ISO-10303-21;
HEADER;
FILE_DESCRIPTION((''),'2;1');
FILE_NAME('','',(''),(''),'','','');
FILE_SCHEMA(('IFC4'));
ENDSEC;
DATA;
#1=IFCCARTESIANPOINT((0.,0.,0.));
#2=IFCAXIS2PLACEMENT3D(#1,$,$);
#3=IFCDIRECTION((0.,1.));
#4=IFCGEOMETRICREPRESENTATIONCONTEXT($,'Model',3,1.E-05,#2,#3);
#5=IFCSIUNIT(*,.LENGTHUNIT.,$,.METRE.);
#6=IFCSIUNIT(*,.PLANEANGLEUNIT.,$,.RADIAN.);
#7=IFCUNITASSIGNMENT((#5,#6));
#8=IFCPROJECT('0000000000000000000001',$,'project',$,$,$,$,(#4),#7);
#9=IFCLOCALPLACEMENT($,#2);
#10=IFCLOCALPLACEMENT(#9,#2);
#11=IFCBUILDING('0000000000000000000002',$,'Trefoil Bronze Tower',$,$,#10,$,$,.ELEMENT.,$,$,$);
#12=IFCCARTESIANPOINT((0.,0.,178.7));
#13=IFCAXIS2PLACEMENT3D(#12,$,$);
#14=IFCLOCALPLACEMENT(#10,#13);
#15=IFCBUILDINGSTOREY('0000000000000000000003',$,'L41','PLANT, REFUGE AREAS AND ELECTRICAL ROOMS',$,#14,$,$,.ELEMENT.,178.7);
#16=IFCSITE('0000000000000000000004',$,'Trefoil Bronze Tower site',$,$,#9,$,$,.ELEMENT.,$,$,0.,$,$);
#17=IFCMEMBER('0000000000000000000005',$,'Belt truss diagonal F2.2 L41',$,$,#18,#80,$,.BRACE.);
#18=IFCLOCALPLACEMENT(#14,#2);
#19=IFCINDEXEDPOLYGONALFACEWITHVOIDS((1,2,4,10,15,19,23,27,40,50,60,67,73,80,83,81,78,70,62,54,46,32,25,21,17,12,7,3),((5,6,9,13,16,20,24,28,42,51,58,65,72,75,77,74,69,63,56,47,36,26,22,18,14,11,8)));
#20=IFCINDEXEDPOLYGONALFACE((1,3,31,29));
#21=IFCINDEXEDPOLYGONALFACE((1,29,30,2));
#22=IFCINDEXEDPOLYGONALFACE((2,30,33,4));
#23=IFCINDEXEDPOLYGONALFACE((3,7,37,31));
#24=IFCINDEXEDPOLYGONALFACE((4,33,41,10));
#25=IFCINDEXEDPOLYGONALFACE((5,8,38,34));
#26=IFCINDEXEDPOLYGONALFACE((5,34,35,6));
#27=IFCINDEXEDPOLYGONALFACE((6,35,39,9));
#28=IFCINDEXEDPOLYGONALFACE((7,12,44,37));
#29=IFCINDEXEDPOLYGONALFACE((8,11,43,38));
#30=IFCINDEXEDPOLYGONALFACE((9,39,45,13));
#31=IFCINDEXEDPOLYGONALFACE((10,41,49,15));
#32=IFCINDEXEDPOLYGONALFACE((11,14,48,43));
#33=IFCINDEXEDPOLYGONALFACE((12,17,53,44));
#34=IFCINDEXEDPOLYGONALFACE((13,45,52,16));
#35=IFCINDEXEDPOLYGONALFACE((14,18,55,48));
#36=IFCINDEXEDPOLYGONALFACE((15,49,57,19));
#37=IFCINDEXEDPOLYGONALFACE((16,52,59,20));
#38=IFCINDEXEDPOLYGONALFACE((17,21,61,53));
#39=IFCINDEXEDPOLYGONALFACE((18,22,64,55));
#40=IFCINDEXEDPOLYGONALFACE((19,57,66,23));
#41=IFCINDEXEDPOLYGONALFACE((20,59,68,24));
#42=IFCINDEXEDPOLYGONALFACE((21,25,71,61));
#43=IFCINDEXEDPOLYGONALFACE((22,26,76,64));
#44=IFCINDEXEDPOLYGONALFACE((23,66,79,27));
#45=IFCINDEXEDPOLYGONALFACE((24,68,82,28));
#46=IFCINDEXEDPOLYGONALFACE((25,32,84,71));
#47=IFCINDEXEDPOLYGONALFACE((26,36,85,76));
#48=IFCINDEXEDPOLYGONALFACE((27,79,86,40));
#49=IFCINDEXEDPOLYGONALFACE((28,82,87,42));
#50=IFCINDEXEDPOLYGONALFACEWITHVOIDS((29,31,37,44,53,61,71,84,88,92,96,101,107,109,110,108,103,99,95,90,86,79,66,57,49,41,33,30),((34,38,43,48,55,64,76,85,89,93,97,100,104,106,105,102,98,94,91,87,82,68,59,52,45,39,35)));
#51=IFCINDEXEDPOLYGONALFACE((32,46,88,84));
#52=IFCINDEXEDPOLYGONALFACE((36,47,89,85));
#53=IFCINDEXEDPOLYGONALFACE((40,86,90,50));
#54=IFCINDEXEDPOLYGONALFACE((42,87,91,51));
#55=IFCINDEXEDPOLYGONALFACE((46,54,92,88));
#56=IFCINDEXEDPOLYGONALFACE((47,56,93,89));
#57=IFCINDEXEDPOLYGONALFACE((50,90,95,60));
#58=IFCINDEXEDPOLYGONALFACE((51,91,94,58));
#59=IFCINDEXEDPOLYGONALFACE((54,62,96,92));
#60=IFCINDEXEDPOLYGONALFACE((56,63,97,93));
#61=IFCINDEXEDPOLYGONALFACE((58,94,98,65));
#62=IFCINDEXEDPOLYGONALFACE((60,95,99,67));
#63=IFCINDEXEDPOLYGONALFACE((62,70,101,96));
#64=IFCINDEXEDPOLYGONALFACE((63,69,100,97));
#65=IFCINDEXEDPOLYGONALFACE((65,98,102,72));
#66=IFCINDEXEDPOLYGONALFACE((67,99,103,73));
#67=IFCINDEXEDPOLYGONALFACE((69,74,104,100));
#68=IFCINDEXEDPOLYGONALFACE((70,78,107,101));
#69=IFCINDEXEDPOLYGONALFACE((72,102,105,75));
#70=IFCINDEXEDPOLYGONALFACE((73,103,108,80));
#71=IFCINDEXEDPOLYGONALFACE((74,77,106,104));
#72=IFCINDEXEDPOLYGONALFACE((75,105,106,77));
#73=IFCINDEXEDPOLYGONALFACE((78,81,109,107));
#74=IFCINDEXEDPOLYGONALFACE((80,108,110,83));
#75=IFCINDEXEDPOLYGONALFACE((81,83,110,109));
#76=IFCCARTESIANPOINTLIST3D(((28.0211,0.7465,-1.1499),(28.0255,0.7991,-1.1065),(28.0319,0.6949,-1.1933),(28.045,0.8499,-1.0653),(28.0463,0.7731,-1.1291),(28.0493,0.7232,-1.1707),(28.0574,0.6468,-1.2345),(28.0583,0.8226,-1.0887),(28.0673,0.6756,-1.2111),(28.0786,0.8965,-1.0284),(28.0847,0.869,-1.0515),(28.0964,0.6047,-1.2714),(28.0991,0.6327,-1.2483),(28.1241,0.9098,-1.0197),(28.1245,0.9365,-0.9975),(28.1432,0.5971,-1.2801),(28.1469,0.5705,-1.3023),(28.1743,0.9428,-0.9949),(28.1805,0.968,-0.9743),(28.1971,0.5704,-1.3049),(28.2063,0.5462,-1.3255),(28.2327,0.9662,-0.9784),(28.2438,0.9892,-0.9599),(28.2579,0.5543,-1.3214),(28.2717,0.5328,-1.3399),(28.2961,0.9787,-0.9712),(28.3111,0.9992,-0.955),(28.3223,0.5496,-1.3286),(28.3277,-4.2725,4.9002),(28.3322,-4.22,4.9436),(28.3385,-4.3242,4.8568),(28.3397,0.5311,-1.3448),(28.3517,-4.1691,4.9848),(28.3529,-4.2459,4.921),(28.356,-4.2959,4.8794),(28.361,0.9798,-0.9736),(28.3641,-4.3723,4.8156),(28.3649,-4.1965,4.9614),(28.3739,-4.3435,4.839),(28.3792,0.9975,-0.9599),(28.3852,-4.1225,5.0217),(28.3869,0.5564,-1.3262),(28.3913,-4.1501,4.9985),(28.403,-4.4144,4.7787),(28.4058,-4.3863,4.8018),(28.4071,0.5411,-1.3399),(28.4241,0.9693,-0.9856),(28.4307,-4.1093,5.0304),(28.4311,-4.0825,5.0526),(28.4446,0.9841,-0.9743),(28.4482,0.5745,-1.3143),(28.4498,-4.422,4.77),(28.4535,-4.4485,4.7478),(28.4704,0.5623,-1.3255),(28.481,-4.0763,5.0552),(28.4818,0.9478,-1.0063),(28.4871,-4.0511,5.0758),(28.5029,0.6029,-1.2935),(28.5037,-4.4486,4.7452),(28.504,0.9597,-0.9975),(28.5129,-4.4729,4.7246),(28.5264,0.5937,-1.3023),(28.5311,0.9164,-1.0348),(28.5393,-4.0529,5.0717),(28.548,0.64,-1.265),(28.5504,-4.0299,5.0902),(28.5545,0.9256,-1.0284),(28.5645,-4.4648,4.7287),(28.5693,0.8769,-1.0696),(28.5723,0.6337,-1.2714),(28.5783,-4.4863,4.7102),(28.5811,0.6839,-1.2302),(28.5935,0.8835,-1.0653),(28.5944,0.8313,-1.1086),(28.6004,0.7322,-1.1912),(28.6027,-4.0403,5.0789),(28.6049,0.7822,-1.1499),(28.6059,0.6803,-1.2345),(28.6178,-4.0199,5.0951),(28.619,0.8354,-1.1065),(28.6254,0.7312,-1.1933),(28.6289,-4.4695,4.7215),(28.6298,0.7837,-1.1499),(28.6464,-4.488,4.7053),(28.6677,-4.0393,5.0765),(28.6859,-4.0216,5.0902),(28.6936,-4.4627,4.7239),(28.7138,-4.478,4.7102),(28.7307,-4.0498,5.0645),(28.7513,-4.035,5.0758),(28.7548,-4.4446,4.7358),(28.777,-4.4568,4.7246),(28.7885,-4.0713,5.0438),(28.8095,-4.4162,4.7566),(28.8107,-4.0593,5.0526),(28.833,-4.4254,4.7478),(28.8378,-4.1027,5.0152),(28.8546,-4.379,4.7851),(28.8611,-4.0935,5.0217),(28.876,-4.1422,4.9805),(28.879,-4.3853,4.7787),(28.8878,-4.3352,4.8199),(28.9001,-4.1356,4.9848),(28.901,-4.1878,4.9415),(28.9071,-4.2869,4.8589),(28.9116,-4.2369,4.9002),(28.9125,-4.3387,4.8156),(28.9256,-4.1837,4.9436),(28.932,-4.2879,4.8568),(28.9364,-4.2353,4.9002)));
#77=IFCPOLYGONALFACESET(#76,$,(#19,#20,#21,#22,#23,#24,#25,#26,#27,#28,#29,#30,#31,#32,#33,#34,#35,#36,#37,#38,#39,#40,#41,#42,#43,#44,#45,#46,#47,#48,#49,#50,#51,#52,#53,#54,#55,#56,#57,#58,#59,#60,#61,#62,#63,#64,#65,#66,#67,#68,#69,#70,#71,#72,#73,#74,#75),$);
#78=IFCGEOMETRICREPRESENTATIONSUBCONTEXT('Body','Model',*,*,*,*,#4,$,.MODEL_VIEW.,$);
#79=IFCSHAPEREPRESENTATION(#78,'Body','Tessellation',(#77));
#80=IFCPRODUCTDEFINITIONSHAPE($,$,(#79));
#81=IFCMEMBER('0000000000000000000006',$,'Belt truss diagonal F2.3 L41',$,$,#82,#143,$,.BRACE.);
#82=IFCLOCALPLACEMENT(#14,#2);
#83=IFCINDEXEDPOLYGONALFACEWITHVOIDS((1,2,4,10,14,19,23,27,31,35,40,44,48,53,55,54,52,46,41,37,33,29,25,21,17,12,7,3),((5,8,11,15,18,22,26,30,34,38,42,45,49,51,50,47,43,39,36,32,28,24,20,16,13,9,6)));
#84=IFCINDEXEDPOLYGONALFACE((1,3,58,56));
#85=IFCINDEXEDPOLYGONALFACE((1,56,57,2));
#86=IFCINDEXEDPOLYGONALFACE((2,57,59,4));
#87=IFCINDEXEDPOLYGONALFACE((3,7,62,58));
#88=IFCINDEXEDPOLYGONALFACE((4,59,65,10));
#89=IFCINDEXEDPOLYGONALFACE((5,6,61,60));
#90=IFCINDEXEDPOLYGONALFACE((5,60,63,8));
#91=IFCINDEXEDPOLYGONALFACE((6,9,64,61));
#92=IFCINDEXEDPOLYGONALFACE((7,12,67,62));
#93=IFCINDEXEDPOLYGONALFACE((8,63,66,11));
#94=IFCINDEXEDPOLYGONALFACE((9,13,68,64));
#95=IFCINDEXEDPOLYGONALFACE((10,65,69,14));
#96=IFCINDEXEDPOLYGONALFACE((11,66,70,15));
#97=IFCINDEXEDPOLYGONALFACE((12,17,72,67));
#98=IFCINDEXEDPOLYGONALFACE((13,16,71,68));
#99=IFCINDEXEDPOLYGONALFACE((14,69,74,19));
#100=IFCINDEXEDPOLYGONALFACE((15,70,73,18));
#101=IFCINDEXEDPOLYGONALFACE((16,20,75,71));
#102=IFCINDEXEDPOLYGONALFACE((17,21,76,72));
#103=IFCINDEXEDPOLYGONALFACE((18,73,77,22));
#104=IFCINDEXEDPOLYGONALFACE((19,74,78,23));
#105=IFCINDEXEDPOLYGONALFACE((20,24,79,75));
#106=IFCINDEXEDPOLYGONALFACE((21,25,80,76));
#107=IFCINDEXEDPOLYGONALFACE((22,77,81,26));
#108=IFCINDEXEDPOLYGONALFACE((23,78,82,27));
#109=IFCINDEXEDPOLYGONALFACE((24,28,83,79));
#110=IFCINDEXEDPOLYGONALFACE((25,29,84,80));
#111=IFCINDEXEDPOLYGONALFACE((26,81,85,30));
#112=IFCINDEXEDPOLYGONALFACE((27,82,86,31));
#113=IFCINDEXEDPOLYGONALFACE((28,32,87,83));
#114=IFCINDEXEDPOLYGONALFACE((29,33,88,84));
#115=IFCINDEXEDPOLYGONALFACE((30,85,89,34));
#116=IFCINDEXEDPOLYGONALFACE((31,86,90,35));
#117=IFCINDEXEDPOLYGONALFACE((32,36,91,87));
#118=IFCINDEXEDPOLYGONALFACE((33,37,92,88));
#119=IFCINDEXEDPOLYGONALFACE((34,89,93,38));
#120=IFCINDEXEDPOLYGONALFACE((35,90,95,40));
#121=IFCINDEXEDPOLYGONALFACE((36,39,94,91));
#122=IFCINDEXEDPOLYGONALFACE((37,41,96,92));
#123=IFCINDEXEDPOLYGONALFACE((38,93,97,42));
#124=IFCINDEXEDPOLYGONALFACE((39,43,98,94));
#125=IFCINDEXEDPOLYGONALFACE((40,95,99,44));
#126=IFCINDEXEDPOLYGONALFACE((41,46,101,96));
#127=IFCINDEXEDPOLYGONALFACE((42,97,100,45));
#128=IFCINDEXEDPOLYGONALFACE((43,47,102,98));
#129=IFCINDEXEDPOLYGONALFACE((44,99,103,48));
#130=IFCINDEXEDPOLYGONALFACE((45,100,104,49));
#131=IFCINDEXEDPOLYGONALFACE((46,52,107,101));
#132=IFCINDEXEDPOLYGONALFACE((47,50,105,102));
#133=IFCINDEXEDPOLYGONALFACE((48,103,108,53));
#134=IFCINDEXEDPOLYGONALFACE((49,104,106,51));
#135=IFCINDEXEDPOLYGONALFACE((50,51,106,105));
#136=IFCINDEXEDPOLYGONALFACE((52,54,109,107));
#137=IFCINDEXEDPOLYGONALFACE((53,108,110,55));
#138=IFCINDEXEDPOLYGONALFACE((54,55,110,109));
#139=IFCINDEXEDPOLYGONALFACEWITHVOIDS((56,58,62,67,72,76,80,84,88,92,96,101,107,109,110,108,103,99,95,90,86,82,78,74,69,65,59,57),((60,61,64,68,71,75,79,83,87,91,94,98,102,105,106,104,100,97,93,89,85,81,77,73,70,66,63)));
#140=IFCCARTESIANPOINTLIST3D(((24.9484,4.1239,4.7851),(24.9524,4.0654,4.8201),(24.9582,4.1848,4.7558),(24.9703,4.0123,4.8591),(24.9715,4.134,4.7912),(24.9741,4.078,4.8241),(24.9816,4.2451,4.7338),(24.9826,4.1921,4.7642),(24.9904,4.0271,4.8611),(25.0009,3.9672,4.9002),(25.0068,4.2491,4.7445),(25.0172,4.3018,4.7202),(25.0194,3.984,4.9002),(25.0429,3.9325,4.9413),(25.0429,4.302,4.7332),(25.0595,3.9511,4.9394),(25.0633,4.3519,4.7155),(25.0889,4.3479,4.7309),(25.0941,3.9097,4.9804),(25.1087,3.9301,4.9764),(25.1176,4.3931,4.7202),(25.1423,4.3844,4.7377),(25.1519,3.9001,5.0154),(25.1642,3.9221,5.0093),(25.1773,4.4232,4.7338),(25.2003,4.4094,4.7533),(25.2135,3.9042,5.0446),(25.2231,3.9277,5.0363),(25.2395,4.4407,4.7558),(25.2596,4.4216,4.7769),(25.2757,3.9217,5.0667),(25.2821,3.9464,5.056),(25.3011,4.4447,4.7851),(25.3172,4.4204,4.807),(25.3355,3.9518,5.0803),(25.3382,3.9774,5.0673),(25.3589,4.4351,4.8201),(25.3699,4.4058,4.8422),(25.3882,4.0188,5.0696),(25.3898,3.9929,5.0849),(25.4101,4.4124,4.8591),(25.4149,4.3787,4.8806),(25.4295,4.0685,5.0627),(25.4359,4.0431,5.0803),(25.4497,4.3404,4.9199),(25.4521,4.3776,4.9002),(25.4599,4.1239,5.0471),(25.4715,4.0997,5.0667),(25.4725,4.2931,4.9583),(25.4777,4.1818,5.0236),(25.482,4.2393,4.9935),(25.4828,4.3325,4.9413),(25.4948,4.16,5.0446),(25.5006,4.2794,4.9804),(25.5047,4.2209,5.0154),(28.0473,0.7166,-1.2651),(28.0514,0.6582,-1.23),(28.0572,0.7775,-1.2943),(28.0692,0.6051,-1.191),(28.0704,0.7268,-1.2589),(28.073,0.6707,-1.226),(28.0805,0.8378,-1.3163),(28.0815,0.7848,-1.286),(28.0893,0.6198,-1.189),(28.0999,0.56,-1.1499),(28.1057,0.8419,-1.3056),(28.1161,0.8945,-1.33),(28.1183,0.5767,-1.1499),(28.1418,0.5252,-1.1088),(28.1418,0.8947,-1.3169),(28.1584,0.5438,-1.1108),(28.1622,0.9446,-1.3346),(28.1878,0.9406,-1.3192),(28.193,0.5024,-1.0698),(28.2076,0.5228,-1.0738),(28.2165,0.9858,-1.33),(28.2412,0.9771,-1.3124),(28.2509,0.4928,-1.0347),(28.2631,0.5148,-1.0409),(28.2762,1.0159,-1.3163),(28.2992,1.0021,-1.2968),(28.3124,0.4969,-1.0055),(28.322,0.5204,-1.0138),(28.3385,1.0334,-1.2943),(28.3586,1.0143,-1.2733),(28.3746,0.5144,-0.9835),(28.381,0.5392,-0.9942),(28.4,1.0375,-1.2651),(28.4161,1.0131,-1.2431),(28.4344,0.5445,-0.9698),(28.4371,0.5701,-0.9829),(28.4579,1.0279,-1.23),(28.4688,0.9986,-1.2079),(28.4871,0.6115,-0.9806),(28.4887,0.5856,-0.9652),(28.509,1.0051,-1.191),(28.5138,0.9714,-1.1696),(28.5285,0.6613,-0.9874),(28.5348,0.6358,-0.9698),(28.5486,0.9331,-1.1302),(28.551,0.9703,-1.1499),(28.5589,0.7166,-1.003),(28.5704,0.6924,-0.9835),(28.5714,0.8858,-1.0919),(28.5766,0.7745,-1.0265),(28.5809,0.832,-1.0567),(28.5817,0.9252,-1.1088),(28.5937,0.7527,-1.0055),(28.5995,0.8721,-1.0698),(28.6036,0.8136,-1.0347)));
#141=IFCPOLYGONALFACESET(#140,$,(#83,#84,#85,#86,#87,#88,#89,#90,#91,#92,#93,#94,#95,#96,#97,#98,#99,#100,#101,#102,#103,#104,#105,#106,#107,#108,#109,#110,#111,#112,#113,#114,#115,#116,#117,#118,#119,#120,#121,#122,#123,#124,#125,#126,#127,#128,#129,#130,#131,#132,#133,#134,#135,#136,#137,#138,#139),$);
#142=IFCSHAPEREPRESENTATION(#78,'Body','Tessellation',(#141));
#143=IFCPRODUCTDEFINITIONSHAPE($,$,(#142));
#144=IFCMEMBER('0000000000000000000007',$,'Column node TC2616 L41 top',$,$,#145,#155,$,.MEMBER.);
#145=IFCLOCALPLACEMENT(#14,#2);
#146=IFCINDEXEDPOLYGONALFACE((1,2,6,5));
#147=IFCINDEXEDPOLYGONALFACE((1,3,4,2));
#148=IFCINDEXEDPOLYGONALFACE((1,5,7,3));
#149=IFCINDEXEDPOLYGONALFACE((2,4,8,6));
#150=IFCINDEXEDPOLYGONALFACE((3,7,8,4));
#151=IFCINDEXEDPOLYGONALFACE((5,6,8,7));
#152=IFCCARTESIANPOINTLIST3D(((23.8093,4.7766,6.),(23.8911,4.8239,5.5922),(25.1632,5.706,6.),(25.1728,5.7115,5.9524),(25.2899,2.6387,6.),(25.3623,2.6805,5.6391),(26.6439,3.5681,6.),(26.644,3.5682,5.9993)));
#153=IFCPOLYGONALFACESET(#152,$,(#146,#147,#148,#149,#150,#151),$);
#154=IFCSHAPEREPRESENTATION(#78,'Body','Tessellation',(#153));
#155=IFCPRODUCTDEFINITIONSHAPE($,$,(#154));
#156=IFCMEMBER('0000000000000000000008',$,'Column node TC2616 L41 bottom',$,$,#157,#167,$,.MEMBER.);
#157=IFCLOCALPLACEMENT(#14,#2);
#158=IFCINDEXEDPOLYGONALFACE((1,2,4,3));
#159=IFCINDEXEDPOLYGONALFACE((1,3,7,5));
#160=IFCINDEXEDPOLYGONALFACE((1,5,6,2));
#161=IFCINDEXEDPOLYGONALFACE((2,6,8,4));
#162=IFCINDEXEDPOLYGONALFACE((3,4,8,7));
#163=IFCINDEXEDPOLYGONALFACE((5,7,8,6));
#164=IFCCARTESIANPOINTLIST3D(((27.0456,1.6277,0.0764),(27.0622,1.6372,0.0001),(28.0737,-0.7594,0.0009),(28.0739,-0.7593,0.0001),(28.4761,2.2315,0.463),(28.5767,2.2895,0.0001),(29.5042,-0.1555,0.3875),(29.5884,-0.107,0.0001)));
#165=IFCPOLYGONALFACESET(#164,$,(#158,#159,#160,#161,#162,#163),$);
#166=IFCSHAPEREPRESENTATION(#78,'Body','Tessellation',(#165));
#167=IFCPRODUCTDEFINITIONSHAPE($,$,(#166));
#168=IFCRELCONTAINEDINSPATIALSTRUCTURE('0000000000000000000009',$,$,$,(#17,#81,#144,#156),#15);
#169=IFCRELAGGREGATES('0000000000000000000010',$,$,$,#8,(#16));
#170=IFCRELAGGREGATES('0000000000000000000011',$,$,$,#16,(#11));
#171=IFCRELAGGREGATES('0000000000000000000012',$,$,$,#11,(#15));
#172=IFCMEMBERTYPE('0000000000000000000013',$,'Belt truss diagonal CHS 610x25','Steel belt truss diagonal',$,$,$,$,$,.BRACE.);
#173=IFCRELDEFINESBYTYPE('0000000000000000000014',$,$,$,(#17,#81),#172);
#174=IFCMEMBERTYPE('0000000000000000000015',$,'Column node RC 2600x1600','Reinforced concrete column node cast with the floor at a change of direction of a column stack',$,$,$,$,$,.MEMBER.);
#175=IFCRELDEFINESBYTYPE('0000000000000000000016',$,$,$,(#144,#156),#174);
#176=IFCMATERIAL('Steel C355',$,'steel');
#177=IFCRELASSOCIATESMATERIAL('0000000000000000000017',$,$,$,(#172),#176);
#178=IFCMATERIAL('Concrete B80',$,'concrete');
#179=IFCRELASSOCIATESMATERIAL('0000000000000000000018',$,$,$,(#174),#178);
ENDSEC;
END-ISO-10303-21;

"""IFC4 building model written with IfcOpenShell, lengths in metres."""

from ifc_helpers import new_model, si_unit, direction, frame, origin, origin_2d, place, context, subcontext, project, spatial, rectangle, hollow_circle, extrude, clip, halfspace, material, material_profile, profile_set, type_object, element, save


model = new_model("IFC4")

# Units and contexts
model_context = context("Model", 3, precision=1e-05, world=origin(), true_north=direction((0.0, 1.0)))
body_context = subcontext(model_context, "Body", "Model", "MODEL_VIEW")
ifc_project = project(units=[si_unit("LENGTHUNIT", "METRE"), si_unit("PLANEANGLEUNIT", "RADIAN")], contexts=[model_context])

# Site, building, storey
site_placement = place(None, origin())
site = spatial("IfcSite", under=ifc_project, at=site_placement, Name="Trefoil Bronze Tower site", CompositionType="ELEMENT", RefElevation=0.0)
building_placement = place(site_placement, origin())
building = spatial("IfcBuilding", under=site, at=building_placement, Name="Trefoil Bronze Tower", CompositionType="ELEMENT")
storey_placement = place(building_placement, frame((0.0, 0.0, 178.7)))
storey = spatial("IfcBuildingStorey", under=building, at=storey_placement, Name="L41", Description="PLANT, REFUGE AREAS AND ELECTRICAL ROOMS", CompositionType="ELEMENT", Elevation=178.7)

# Members
ifc_material_1 = material(Name="Steel C355", Category="steel")
ifc_material_profile_1 = material_profile(ifc_material_1, hollow_circle(Radius=0.3049, WallThickness=0.0249, at=origin_2d()), Name="CHS 610x25")
ifc_profile_set_1 = profile_set([ifc_material_profile_1], Name="Steel C355")
member_type_1 = type_object("IfcMemberType", Name="Belt truss diagonal CHS 610x25", Description="Steel belt truss diagonal", PredefinedType="BRACE", material=ifc_profile_set_1)
member_1_placement = place(storey_placement, frame((28.3254, 0.7651, -1.1499), z_axis=(0.038979, -0.637996, 0.769052), x_axis=(0.998139, 0.060982, 0.0)))
element("IfcMember", 1, at=member_1_placement, inside=storey, type_object=member_type_1, Name="Belt truss diagonal F2.2 L41", PredefinedType="BRACE", context=body_context, shape_type="SweptSolid", body=[
    extrude(hollow_circle(Radius=0.3049, WallThickness=0.0249, at=origin_2d()), origin(), (0.0, 0.0, 1.0), 7.8669),
])
member_2_placement = place(storey_placement, frame((28.3254, 0.7651, -1.1499), z_axis=(-0.407552, 0.448105, 0.795678), x_axis=(-0.739789, -0.672839, 0.0)))
element("IfcMember", 2, at=member_2_placement, inside=storey, type_object=member_type_1, Name="Belt truss diagonal F2.3 L41", PredefinedType="BRACE", context=body_context, shape_type="SweptSolid", body=[
    extrude(hollow_circle(Radius=0.3049, WallThickness=0.0249, at=origin_2d()), origin(), (0.0, 0.0, 1.0), 7.6038),
])
ifc_material_2 = material(Name="Concrete B80", Category="concrete")
ifc_material_profile_2 = material_profile(ifc_material_2, rectangle(XDim=2.6001, YDim=1.6001, at=origin_2d()), Name="RC 2600x1600")
ifc_profile_set_2 = profile_set([ifc_material_profile_2], Name="Concrete B80")
member_type_2 = type_object("IfcMemberType", Name="Column node RC 2600x1600", Description="Reinforced concrete column node cast with the floor at a change of direction of a column stack", PredefinedType="MEMBER", material=ifc_profile_set_2)
member_3_placement = place(storey_placement, frame((25.1855, 4.1487, 6.2043), z_axis=(0.195534, 0.112897, -0.974177), x_axis=(0.565834, -0.824322, 0.018042)))
element("IfcMember", 3, at=member_3_placement, inside=storey, type_object=member_type_2, Name="Column node TC2616 L41 top", PredefinedType="MEMBER", context=body_context, shape_type="Clipping", body=[
    clip(extrude(rectangle(XDim=2.6001, YDim=1.6001, at=origin_2d()), origin(), (0.0, 0.0, 1.0), 0.4194), halfspace(frame((0.0, 0.0, 0.2097), z_axis=(-0.018042, 0.225064, 0.974177), x_axis=(0.0, 0.974336, -0.225101)), True)),
])
member_4_placement = place(storey_placement, frame((28.3757, 0.7942, -0.2319), z_axis=(-0.210835, -0.121498, 0.969942), x_axis=(-0.395405, 0.918048, 0.029049)))
element("IfcMember", 4, at=member_4_placement, inside=storey, type_object=member_type_2, Name="Column node TC2616 L41 bottom", PredefinedType="MEMBER", context=body_context, shape_type="Clipping", body=[
    clip(extrude(rectangle(XDim=2.6001, YDim=1.6001, at=origin_2d()), origin(), (0.0, 0.0, 1.0), 0.4783), halfspace(frame((0.0, 0.0, 0.2393), z_axis=(0.029049, -0.241597, 0.969942), x_axis=(0.0, 0.970351, 0.241699)), True)),
])

save(model, "model.ifc")
